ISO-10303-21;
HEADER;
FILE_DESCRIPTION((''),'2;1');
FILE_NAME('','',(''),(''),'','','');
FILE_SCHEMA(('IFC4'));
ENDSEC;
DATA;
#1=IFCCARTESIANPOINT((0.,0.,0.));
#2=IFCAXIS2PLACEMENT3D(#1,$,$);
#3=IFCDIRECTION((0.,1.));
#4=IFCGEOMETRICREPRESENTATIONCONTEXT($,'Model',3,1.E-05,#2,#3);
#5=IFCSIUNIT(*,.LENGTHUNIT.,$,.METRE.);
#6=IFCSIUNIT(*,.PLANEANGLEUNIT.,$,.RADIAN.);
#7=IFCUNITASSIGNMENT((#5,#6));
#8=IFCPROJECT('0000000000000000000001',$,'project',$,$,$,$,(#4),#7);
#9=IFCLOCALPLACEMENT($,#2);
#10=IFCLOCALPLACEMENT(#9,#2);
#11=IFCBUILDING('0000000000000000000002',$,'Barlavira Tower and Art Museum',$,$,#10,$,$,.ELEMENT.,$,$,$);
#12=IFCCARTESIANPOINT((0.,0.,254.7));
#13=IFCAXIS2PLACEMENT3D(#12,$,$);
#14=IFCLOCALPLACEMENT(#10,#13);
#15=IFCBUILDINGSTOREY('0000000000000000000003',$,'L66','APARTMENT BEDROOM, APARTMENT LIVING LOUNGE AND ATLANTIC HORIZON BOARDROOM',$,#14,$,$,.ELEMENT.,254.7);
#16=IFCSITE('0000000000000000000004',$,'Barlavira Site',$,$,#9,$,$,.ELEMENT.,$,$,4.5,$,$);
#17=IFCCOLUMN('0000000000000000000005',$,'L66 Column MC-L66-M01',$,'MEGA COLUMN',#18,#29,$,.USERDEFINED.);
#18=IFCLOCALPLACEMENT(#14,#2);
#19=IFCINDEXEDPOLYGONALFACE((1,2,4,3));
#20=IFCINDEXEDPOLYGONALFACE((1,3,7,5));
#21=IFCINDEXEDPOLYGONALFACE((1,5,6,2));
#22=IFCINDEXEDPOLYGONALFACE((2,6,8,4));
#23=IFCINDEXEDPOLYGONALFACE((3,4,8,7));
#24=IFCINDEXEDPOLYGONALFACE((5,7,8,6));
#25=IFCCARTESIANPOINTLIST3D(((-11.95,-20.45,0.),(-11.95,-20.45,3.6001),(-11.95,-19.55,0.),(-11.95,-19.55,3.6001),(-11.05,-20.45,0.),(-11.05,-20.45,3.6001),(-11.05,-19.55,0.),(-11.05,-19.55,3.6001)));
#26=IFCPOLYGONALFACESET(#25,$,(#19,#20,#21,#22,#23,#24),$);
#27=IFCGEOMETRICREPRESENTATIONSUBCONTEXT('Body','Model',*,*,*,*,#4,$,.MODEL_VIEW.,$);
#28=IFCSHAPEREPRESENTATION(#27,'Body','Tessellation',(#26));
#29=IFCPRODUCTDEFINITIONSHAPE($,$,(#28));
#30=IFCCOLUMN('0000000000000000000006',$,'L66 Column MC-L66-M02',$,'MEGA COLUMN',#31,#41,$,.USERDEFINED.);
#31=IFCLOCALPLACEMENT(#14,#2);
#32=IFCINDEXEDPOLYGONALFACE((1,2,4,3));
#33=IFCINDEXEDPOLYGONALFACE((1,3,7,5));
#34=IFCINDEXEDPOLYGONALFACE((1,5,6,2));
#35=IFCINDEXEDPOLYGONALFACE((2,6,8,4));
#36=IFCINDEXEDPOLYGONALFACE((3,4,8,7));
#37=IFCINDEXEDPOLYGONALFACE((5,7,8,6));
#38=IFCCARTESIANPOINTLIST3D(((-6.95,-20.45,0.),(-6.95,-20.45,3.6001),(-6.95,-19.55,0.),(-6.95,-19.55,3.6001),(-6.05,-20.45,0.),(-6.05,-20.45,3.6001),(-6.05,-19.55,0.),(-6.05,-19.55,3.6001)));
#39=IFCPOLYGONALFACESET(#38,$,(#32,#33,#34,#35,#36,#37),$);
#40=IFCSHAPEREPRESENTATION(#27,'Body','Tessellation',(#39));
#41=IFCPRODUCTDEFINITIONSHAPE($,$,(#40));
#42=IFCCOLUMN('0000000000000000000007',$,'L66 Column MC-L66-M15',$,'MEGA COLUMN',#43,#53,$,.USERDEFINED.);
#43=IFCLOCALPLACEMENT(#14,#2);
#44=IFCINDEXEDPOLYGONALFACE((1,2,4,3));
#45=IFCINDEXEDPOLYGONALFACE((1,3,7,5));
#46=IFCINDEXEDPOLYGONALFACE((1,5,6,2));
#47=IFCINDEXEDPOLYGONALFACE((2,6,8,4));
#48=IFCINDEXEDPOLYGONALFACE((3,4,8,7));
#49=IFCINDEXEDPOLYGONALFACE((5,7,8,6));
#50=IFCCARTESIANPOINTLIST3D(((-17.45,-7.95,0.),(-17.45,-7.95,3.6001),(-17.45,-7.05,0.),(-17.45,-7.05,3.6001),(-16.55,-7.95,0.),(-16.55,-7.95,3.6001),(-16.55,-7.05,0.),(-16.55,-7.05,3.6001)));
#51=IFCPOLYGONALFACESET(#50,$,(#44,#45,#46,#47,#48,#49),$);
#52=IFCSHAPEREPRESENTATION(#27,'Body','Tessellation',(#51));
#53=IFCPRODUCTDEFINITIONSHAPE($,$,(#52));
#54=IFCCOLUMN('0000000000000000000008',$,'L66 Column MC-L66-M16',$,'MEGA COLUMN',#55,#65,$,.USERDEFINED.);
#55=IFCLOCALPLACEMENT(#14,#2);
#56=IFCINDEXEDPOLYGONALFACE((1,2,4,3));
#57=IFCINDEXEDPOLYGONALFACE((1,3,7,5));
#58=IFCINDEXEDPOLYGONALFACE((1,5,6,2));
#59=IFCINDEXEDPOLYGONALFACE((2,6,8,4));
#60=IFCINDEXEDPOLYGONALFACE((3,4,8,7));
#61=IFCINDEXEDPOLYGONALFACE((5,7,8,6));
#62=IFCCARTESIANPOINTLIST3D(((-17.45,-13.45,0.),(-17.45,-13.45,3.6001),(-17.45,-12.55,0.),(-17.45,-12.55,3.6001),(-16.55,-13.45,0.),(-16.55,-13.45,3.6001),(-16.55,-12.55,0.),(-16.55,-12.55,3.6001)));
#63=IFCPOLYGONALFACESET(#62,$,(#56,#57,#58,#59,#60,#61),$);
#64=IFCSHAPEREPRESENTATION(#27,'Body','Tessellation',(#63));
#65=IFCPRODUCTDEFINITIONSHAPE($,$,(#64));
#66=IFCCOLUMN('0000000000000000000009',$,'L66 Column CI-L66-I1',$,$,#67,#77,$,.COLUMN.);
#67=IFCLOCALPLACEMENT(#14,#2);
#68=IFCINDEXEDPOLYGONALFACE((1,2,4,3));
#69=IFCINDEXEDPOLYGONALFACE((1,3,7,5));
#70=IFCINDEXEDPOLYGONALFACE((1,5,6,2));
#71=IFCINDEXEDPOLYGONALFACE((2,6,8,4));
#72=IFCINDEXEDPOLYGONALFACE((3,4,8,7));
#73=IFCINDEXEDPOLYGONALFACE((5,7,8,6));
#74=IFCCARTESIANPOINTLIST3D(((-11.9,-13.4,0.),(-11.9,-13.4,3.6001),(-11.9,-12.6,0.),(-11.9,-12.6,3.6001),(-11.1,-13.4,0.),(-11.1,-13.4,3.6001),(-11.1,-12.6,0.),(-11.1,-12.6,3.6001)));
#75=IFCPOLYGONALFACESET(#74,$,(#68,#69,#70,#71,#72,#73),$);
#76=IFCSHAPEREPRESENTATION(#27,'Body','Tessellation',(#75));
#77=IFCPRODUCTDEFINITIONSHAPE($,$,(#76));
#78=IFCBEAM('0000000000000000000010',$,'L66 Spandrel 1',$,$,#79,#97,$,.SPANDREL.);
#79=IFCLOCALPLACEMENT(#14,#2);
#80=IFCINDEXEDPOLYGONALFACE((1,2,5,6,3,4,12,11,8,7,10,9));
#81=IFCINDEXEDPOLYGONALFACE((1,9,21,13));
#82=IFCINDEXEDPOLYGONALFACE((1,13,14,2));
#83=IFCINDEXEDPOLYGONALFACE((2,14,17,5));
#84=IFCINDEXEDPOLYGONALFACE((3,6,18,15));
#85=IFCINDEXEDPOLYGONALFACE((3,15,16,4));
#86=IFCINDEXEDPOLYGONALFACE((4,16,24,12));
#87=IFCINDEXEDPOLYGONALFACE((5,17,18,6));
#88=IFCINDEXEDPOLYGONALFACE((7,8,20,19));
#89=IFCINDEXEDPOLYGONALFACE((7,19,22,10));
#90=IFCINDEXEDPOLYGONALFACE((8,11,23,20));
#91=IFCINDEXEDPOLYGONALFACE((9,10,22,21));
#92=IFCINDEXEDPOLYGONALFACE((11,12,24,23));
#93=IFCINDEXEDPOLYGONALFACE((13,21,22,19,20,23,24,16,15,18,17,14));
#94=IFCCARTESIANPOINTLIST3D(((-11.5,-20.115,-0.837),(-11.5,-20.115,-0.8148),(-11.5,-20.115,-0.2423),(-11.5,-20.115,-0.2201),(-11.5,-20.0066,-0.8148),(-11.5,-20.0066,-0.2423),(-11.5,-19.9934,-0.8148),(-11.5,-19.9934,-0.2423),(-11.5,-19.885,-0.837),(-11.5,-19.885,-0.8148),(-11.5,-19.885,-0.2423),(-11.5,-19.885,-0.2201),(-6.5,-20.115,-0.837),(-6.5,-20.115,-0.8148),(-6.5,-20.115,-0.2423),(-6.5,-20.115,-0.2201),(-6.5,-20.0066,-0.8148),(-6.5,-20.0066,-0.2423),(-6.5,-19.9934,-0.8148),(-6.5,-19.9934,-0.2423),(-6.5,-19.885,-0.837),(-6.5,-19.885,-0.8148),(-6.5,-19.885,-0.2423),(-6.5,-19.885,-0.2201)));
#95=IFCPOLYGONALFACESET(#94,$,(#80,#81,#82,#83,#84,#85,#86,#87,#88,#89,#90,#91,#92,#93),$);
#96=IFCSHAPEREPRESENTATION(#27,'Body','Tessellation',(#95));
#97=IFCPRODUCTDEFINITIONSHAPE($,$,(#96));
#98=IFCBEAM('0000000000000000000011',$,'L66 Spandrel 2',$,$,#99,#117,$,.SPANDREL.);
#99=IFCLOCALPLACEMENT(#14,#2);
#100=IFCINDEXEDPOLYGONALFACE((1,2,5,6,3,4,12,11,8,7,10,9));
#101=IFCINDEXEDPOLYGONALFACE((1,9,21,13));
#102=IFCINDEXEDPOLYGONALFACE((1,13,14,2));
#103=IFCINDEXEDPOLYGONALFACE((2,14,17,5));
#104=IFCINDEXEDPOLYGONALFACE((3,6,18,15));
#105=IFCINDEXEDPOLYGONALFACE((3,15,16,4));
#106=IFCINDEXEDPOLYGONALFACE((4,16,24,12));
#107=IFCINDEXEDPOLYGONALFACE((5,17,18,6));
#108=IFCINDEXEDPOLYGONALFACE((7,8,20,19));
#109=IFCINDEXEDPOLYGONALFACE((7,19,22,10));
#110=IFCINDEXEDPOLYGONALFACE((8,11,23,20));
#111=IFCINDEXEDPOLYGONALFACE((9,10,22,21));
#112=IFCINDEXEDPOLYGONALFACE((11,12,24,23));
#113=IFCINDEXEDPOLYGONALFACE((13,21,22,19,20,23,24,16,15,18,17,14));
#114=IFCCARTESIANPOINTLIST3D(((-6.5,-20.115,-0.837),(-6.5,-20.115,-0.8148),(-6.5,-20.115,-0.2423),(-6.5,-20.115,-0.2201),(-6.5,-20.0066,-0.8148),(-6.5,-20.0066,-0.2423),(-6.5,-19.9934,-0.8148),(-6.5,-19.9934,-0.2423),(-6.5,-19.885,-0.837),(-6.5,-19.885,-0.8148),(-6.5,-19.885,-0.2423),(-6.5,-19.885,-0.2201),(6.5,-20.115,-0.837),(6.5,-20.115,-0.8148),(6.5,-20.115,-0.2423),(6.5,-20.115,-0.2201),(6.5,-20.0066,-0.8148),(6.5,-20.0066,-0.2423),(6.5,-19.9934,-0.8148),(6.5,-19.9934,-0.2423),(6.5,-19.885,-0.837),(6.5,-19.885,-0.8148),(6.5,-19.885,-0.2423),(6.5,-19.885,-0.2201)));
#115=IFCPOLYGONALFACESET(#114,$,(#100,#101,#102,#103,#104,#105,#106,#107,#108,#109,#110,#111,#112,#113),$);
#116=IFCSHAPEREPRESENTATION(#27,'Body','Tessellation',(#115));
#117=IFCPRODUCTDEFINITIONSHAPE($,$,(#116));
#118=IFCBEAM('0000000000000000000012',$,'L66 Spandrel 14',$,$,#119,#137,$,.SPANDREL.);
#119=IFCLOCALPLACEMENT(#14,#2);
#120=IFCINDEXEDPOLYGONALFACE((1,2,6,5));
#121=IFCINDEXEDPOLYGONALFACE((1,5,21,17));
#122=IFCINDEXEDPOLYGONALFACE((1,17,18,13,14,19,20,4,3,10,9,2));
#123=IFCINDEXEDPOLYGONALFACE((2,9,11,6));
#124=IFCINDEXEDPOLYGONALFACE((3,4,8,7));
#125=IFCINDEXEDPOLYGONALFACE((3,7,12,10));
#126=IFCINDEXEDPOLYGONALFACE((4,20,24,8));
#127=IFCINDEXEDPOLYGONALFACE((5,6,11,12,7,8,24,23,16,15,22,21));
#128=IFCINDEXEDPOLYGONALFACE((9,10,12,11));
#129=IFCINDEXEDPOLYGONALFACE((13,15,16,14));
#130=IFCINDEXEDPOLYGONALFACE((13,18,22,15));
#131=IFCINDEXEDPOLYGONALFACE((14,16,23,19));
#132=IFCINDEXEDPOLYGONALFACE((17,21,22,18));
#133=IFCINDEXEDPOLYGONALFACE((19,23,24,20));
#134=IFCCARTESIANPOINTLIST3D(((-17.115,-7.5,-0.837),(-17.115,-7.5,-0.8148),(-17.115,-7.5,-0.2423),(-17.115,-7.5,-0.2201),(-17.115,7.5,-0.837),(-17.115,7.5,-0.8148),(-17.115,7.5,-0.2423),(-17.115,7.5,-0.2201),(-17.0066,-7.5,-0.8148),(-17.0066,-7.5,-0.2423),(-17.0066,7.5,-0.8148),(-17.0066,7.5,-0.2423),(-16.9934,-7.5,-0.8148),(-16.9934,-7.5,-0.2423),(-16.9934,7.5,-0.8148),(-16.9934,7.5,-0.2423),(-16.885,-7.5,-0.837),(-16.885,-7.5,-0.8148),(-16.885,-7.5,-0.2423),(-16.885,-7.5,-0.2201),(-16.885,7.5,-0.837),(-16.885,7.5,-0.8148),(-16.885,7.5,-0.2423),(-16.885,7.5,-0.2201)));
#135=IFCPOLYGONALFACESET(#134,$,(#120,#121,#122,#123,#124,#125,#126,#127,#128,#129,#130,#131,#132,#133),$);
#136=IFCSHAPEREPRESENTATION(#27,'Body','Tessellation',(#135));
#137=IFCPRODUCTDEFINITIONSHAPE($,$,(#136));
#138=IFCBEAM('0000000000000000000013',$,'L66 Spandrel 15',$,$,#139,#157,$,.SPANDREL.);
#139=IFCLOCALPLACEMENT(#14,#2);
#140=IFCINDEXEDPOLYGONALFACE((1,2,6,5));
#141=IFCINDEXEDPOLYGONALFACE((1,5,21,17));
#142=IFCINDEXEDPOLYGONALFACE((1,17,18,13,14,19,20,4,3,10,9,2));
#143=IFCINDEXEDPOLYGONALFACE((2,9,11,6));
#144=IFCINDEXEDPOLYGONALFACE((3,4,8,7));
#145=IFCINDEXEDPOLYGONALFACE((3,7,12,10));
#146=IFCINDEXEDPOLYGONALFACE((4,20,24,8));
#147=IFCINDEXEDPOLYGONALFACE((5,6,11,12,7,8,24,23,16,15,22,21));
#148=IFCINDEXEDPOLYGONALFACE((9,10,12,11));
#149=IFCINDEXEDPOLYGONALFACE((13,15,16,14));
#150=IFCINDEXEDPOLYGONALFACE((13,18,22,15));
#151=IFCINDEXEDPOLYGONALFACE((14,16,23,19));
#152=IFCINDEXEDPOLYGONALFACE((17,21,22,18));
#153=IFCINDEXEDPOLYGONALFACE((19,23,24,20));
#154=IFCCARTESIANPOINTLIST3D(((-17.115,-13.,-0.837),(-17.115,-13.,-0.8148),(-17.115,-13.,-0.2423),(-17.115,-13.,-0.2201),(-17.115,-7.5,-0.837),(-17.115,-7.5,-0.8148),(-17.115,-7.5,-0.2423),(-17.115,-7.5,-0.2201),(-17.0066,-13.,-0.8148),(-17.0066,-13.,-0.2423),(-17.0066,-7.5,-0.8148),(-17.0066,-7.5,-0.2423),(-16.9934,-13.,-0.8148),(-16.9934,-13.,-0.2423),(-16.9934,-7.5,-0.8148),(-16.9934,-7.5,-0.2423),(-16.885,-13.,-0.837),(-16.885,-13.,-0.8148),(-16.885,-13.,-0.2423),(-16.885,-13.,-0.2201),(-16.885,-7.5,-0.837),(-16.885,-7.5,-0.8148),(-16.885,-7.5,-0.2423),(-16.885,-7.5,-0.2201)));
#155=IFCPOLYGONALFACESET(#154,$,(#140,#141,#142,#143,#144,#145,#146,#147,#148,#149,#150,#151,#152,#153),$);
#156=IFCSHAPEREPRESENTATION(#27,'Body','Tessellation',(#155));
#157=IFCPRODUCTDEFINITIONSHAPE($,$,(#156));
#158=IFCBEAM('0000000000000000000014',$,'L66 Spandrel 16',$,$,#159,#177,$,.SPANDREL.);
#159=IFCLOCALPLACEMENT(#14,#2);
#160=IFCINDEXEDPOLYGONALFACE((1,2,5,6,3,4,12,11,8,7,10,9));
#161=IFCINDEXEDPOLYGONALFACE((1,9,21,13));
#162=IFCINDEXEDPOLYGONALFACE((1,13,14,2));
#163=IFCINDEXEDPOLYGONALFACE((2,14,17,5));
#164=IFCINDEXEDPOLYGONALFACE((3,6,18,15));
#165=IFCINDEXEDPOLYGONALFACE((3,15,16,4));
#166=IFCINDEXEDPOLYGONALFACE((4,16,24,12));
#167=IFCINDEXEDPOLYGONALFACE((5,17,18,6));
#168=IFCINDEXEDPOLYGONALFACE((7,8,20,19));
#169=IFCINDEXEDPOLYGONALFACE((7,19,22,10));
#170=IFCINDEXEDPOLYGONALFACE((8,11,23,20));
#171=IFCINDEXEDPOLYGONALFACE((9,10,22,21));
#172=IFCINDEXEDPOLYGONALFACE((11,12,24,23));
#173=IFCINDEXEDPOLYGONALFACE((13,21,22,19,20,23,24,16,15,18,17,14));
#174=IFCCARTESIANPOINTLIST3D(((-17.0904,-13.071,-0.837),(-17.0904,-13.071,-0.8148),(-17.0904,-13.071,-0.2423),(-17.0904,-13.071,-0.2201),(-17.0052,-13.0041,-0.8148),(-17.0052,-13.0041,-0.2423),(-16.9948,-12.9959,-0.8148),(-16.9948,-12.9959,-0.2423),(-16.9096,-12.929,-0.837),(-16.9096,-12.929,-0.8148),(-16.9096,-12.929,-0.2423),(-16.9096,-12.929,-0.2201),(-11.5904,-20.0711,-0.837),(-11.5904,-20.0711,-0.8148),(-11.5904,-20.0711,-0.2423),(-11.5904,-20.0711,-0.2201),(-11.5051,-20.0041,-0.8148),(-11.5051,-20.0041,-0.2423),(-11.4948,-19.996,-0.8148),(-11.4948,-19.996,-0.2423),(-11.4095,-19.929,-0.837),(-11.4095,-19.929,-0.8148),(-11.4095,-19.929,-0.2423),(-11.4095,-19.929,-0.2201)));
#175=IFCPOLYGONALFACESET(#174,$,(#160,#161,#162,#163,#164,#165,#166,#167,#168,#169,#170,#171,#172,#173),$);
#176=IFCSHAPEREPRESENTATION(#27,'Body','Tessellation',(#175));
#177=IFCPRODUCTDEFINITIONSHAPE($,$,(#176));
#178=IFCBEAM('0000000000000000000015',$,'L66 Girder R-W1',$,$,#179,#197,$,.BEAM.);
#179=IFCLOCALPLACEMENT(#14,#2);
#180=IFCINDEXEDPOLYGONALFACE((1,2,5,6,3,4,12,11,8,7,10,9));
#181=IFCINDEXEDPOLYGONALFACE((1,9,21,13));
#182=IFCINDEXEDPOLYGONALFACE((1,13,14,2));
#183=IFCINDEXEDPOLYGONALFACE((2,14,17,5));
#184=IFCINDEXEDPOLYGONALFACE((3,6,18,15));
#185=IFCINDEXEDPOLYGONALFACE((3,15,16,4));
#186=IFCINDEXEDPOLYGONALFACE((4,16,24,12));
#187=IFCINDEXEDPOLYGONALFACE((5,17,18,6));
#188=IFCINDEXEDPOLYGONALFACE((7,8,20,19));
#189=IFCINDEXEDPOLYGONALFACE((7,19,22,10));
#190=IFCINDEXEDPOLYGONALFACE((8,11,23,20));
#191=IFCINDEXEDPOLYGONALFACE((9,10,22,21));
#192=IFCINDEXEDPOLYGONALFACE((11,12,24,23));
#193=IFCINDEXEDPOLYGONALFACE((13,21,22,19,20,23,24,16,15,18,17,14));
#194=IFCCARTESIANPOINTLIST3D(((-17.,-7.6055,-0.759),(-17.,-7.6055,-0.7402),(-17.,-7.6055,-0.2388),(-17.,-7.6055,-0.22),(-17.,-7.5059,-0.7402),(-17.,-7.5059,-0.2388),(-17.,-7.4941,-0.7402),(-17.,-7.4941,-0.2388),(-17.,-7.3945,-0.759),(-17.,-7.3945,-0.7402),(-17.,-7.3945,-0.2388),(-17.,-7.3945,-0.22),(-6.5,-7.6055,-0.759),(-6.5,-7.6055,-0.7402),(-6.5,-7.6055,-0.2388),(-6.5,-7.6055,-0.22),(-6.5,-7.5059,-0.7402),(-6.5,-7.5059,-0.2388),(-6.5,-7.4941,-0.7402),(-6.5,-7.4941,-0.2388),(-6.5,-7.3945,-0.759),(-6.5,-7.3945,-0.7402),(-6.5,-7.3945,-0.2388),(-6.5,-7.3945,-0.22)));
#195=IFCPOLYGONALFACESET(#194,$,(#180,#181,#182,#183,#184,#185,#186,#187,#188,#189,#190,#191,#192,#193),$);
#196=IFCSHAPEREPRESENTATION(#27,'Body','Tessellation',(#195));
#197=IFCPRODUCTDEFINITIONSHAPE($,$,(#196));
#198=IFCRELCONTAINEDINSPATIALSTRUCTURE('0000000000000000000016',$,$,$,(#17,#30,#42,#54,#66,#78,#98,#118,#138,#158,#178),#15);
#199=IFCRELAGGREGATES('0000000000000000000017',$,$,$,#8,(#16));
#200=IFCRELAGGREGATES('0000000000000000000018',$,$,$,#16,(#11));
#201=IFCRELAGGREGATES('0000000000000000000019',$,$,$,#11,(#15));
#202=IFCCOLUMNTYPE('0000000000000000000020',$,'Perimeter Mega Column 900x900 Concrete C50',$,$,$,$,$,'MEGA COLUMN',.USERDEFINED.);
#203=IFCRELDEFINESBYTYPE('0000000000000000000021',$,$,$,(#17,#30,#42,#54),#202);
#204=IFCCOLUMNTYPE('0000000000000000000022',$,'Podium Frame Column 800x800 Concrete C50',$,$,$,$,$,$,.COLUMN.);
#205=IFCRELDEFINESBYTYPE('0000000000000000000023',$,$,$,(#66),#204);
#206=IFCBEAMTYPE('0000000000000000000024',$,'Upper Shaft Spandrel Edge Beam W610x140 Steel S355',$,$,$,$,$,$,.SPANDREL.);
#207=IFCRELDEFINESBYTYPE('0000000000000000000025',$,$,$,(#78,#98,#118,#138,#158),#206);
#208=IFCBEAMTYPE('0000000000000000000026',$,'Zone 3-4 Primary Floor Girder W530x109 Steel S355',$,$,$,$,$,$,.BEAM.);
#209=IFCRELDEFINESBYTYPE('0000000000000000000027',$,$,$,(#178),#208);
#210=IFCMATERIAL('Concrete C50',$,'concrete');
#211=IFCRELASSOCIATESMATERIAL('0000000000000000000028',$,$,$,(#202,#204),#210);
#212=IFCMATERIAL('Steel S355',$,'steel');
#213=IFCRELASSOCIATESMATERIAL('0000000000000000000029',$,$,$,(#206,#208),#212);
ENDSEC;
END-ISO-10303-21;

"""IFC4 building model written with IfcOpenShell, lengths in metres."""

from ifc_helpers import new_model, si_unit, direction, frame, origin, origin_2d, place, context, subcontext, project, spatial, rectangle, i_section, extrude, material, material_profile, profile_set, type_object, element, save


model = new_model("IFC4")

# Units and contexts
model_context = context("Model", 3, precision=1e-05, world=origin(), true_north=direction((0.0, 1.0)))
body_context = subcontext(model_context, "Body", "Model", "MODEL_VIEW")
ifc_project = project(units=[si_unit("LENGTHUNIT", "METRE"), si_unit("PLANEANGLEUNIT", "RADIAN")], contexts=[model_context])

# Site, building, storey
site_placement = place(None, origin())
site = spatial("IfcSite", under=ifc_project, at=site_placement, Name="Barlavira Site", CompositionType="ELEMENT", RefElevation=4.5)
building_placement = place(site_placement, origin())
building = spatial("IfcBuilding", under=site, at=building_placement, Name="Barlavira Tower and Art Museum", CompositionType="ELEMENT")
storey_placement = place(building_placement, frame((0.0, 0.0, 254.7)))
storey = spatial("IfcBuildingStorey", under=building, at=storey_placement, Name="L66", Description="APARTMENT BEDROOM, APARTMENT LIVING LOUNGE AND ATLANTIC HORIZON BOARDROOM", CompositionType="ELEMENT", Elevation=254.7)

# Columns
ifc_material_1 = material(Name="Concrete C50", Category="concrete")
ifc_material_profile_1 = material_profile(ifc_material_1, rectangle(XDim=0.8999, YDim=0.8999, at=origin_2d()), Name="RC-COL 900x900")
ifc_profile_set_1 = profile_set([ifc_material_profile_1], Name="Concrete C50")
column_type_1 = type_object("IfcColumnType", Name="Perimeter Mega Column 900x900 Concrete C50", ElementType="MEGA COLUMN", PredefinedType="USERDEFINED", material=ifc_profile_set_1)
for number, where, z_axis, x_axis, name in (
    (1, (-11.5, -20.0, 0.0), (0.0, 0.0, 1.0), (1.0, 0.0, 0.0), "L66 Column MC-L66-M01"),
    (2, (-6.5, -20.0, 0.0), (0.0, 0.0, 1.0), (1.0, 0.0, 0.0), "L66 Column MC-L66-M02"),
    (3, (-17.0, -7.5, 0.0), (0.0, 0.0, 1.0), (1.0, 0.0, 0.0), "L66 Column MC-L66-M15"),
    (4, (-17.0, -13.0, 0.0), (0.0, 0.0, 1.0), (1.0, 0.0, 0.0), "L66 Column MC-L66-M16"),
):
    element("IfcColumn", number, at=place(storey_placement, frame(where, z_axis=z_axis, x_axis=x_axis)), inside=storey, type_object=column_type_1, Name=name, ObjectType="MEGA COLUMN", PredefinedType="USERDEFINED", context=body_context, shape_type="SweptSolid", body=[
        extrude(rectangle(XDim=0.8999, YDim=0.8999, at=origin_2d()), origin(), (0.0, 0.0, 1.0), 3.6001),
    ])
ifc_material_profile_2 = material_profile(ifc_material_1, rectangle(XDim=0.8, YDim=0.8, at=origin_2d()), Name="RC-COL 800x800")
ifc_profile_set_2 = profile_set([ifc_material_profile_2], Name="Concrete C50")
column_type_2 = type_object("IfcColumnType", Name="Podium Frame Column 800x800 Concrete C50", PredefinedType="COLUMN", material=ifc_profile_set_2)
column_placement = place(storey_placement, frame((-11.5, -13.0, 0.0), z_axis=(0.0, 0.0, 1.0), x_axis=(1.0, 0.0, 0.0)))
element("IfcColumn", 5, at=column_placement, inside=storey, type_object=column_type_2, Name="L66 Column CI-L66-I1", PredefinedType="COLUMN", context=body_context, shape_type="SweptSolid", body=[
    extrude(rectangle(XDim=0.8, YDim=0.8, at=origin_2d()), origin(), (0.0, 0.0, 1.0), 3.6001),
])

# Beams
ifc_material_2 = material(Name="Steel S355", Category="steel")
ifc_material_profile_3 = material_profile(ifc_material_2, i_section(OverallWidth=0.23, OverallDepth=0.6169, WebThickness=0.0132, FlangeThickness=0.0222, at=origin_2d()), Name="W610x140.0")
ifc_profile_set_3 = profile_set([ifc_material_profile_3], Name="Steel S355")
beam_type_1 = type_object("IfcBeamType", Name="Upper Shaft Spandrel Edge Beam W610x140 Steel S355", PredefinedType="SPANDREL", material=ifc_profile_set_3)
beam_1_placement = place(storey_placement, frame((-11.5, -20.0, -0.5286), z_axis=(1.0, 0.0, 0.0), x_axis=(0.0, 1.0, 0.0)))
element("IfcBeam", 6, at=beam_1_placement, inside=storey, type_object=beam_type_1, Name="L66 Spandrel 1", PredefinedType="SPANDREL", context=body_context, shape_type="SweptSolid", body=[
    extrude(i_section(OverallWidth=0.23, OverallDepth=0.6169, WebThickness=0.0132, FlangeThickness=0.0222, at=origin_2d()), origin(), (0.0, 0.0, 1.0), 5.0),
])
beam_2_placement = place(storey_placement, frame((-6.5, -20.0, -0.5286), z_axis=(1.0, 0.0, 0.0), x_axis=(0.0, 1.0, 0.0)))
element("IfcBeam", 7, at=beam_2_placement, inside=storey, type_object=beam_type_1, Name="L66 Spandrel 2", PredefinedType="SPANDREL", context=body_context, shape_type="SweptSolid", body=[
    extrude(i_section(OverallWidth=0.23, OverallDepth=0.6169, WebThickness=0.0132, FlangeThickness=0.0222, at=origin_2d()), origin(), (0.0, 0.0, 1.0), 13.0),
])
beam_3_placement = place(storey_placement, frame((-17.0, -7.5, -0.5286), z_axis=(0.0, 1.0, 0.0), x_axis=(-1.0, 0.0, 0.0)))
element("IfcBeam", 8, at=beam_3_placement, inside=storey, type_object=beam_type_1, Name="L66 Spandrel 14", PredefinedType="SPANDREL", context=body_context, shape_type="SweptSolid", body=[
    extrude(i_section(OverallWidth=0.23, OverallDepth=0.6169, WebThickness=0.0132, FlangeThickness=0.0222, at=origin_2d()), origin(), (0.0, 0.0, 1.0), 15.0),
])
beam_4_placement = place(storey_placement, frame((-17.0, -13.0, -0.5286), z_axis=(0.0, 1.0, 0.0), x_axis=(-1.0, 0.0, 0.0)))
element("IfcBeam", 9, at=beam_4_placement, inside=storey, type_object=beam_type_1, Name="L66 Spandrel 15", PredefinedType="SPANDREL", context=body_context, shape_type="SweptSolid", body=[
    extrude(i_section(OverallWidth=0.23, OverallDepth=0.6169, WebThickness=0.0132, FlangeThickness=0.0222, at=origin_2d()), origin(), (0.0, 0.0, 1.0), 5.5),
])
beam_5_placement = place(storey_placement, frame((-17.0, -13.0, -0.5286), z_axis=(0.617822, -0.786318, 0.0), x_axis=(0.786318, 0.617822, 0.0)))
element("IfcBeam", 10, at=beam_5_placement, inside=storey, type_object=beam_type_1, Name="L66 Spandrel 16", PredefinedType="SPANDREL", context=body_context, shape_type="SweptSolid", body=[
    extrude(i_section(OverallWidth=0.23, OverallDepth=0.6169, WebThickness=0.0132, FlangeThickness=0.0222, at=origin_2d()), origin(), (0.0, 0.0, 1.0), 8.9023),
])
ifc_material_profile_4 = material_profile(ifc_material_2, i_section(OverallWidth=0.2109, OverallDepth=0.5391, WebThickness=0.0117, FlangeThickness=0.0188, at=origin_2d()), Name="W530x109.0")
ifc_profile_set_4 = profile_set([ifc_material_profile_4], Name="Steel S355")
beam_type_2 = type_object("IfcBeamType", Name="Zone 3-4 Primary Floor Girder W530x109 Steel S355", PredefinedType="BEAM", material=ifc_profile_set_4)
beam_6_placement = place(storey_placement, frame((-17.0, -7.5, -0.4895), z_axis=(1.0, 0.0, 0.0), x_axis=(0.0, 1.0, 0.0)))
element("IfcBeam", 11, at=beam_6_placement, inside=storey, type_object=beam_type_2, Name="L66 Girder R-W1", PredefinedType="BEAM", context=body_context, shape_type="SweptSolid", body=[
    extrude(i_section(OverallWidth=0.2109, OverallDepth=0.5391, WebThickness=0.0117, FlangeThickness=0.0188, at=origin_2d()), origin(), (0.0, 0.0, 1.0), 10.5),
])

save(model, "model.ifc")
